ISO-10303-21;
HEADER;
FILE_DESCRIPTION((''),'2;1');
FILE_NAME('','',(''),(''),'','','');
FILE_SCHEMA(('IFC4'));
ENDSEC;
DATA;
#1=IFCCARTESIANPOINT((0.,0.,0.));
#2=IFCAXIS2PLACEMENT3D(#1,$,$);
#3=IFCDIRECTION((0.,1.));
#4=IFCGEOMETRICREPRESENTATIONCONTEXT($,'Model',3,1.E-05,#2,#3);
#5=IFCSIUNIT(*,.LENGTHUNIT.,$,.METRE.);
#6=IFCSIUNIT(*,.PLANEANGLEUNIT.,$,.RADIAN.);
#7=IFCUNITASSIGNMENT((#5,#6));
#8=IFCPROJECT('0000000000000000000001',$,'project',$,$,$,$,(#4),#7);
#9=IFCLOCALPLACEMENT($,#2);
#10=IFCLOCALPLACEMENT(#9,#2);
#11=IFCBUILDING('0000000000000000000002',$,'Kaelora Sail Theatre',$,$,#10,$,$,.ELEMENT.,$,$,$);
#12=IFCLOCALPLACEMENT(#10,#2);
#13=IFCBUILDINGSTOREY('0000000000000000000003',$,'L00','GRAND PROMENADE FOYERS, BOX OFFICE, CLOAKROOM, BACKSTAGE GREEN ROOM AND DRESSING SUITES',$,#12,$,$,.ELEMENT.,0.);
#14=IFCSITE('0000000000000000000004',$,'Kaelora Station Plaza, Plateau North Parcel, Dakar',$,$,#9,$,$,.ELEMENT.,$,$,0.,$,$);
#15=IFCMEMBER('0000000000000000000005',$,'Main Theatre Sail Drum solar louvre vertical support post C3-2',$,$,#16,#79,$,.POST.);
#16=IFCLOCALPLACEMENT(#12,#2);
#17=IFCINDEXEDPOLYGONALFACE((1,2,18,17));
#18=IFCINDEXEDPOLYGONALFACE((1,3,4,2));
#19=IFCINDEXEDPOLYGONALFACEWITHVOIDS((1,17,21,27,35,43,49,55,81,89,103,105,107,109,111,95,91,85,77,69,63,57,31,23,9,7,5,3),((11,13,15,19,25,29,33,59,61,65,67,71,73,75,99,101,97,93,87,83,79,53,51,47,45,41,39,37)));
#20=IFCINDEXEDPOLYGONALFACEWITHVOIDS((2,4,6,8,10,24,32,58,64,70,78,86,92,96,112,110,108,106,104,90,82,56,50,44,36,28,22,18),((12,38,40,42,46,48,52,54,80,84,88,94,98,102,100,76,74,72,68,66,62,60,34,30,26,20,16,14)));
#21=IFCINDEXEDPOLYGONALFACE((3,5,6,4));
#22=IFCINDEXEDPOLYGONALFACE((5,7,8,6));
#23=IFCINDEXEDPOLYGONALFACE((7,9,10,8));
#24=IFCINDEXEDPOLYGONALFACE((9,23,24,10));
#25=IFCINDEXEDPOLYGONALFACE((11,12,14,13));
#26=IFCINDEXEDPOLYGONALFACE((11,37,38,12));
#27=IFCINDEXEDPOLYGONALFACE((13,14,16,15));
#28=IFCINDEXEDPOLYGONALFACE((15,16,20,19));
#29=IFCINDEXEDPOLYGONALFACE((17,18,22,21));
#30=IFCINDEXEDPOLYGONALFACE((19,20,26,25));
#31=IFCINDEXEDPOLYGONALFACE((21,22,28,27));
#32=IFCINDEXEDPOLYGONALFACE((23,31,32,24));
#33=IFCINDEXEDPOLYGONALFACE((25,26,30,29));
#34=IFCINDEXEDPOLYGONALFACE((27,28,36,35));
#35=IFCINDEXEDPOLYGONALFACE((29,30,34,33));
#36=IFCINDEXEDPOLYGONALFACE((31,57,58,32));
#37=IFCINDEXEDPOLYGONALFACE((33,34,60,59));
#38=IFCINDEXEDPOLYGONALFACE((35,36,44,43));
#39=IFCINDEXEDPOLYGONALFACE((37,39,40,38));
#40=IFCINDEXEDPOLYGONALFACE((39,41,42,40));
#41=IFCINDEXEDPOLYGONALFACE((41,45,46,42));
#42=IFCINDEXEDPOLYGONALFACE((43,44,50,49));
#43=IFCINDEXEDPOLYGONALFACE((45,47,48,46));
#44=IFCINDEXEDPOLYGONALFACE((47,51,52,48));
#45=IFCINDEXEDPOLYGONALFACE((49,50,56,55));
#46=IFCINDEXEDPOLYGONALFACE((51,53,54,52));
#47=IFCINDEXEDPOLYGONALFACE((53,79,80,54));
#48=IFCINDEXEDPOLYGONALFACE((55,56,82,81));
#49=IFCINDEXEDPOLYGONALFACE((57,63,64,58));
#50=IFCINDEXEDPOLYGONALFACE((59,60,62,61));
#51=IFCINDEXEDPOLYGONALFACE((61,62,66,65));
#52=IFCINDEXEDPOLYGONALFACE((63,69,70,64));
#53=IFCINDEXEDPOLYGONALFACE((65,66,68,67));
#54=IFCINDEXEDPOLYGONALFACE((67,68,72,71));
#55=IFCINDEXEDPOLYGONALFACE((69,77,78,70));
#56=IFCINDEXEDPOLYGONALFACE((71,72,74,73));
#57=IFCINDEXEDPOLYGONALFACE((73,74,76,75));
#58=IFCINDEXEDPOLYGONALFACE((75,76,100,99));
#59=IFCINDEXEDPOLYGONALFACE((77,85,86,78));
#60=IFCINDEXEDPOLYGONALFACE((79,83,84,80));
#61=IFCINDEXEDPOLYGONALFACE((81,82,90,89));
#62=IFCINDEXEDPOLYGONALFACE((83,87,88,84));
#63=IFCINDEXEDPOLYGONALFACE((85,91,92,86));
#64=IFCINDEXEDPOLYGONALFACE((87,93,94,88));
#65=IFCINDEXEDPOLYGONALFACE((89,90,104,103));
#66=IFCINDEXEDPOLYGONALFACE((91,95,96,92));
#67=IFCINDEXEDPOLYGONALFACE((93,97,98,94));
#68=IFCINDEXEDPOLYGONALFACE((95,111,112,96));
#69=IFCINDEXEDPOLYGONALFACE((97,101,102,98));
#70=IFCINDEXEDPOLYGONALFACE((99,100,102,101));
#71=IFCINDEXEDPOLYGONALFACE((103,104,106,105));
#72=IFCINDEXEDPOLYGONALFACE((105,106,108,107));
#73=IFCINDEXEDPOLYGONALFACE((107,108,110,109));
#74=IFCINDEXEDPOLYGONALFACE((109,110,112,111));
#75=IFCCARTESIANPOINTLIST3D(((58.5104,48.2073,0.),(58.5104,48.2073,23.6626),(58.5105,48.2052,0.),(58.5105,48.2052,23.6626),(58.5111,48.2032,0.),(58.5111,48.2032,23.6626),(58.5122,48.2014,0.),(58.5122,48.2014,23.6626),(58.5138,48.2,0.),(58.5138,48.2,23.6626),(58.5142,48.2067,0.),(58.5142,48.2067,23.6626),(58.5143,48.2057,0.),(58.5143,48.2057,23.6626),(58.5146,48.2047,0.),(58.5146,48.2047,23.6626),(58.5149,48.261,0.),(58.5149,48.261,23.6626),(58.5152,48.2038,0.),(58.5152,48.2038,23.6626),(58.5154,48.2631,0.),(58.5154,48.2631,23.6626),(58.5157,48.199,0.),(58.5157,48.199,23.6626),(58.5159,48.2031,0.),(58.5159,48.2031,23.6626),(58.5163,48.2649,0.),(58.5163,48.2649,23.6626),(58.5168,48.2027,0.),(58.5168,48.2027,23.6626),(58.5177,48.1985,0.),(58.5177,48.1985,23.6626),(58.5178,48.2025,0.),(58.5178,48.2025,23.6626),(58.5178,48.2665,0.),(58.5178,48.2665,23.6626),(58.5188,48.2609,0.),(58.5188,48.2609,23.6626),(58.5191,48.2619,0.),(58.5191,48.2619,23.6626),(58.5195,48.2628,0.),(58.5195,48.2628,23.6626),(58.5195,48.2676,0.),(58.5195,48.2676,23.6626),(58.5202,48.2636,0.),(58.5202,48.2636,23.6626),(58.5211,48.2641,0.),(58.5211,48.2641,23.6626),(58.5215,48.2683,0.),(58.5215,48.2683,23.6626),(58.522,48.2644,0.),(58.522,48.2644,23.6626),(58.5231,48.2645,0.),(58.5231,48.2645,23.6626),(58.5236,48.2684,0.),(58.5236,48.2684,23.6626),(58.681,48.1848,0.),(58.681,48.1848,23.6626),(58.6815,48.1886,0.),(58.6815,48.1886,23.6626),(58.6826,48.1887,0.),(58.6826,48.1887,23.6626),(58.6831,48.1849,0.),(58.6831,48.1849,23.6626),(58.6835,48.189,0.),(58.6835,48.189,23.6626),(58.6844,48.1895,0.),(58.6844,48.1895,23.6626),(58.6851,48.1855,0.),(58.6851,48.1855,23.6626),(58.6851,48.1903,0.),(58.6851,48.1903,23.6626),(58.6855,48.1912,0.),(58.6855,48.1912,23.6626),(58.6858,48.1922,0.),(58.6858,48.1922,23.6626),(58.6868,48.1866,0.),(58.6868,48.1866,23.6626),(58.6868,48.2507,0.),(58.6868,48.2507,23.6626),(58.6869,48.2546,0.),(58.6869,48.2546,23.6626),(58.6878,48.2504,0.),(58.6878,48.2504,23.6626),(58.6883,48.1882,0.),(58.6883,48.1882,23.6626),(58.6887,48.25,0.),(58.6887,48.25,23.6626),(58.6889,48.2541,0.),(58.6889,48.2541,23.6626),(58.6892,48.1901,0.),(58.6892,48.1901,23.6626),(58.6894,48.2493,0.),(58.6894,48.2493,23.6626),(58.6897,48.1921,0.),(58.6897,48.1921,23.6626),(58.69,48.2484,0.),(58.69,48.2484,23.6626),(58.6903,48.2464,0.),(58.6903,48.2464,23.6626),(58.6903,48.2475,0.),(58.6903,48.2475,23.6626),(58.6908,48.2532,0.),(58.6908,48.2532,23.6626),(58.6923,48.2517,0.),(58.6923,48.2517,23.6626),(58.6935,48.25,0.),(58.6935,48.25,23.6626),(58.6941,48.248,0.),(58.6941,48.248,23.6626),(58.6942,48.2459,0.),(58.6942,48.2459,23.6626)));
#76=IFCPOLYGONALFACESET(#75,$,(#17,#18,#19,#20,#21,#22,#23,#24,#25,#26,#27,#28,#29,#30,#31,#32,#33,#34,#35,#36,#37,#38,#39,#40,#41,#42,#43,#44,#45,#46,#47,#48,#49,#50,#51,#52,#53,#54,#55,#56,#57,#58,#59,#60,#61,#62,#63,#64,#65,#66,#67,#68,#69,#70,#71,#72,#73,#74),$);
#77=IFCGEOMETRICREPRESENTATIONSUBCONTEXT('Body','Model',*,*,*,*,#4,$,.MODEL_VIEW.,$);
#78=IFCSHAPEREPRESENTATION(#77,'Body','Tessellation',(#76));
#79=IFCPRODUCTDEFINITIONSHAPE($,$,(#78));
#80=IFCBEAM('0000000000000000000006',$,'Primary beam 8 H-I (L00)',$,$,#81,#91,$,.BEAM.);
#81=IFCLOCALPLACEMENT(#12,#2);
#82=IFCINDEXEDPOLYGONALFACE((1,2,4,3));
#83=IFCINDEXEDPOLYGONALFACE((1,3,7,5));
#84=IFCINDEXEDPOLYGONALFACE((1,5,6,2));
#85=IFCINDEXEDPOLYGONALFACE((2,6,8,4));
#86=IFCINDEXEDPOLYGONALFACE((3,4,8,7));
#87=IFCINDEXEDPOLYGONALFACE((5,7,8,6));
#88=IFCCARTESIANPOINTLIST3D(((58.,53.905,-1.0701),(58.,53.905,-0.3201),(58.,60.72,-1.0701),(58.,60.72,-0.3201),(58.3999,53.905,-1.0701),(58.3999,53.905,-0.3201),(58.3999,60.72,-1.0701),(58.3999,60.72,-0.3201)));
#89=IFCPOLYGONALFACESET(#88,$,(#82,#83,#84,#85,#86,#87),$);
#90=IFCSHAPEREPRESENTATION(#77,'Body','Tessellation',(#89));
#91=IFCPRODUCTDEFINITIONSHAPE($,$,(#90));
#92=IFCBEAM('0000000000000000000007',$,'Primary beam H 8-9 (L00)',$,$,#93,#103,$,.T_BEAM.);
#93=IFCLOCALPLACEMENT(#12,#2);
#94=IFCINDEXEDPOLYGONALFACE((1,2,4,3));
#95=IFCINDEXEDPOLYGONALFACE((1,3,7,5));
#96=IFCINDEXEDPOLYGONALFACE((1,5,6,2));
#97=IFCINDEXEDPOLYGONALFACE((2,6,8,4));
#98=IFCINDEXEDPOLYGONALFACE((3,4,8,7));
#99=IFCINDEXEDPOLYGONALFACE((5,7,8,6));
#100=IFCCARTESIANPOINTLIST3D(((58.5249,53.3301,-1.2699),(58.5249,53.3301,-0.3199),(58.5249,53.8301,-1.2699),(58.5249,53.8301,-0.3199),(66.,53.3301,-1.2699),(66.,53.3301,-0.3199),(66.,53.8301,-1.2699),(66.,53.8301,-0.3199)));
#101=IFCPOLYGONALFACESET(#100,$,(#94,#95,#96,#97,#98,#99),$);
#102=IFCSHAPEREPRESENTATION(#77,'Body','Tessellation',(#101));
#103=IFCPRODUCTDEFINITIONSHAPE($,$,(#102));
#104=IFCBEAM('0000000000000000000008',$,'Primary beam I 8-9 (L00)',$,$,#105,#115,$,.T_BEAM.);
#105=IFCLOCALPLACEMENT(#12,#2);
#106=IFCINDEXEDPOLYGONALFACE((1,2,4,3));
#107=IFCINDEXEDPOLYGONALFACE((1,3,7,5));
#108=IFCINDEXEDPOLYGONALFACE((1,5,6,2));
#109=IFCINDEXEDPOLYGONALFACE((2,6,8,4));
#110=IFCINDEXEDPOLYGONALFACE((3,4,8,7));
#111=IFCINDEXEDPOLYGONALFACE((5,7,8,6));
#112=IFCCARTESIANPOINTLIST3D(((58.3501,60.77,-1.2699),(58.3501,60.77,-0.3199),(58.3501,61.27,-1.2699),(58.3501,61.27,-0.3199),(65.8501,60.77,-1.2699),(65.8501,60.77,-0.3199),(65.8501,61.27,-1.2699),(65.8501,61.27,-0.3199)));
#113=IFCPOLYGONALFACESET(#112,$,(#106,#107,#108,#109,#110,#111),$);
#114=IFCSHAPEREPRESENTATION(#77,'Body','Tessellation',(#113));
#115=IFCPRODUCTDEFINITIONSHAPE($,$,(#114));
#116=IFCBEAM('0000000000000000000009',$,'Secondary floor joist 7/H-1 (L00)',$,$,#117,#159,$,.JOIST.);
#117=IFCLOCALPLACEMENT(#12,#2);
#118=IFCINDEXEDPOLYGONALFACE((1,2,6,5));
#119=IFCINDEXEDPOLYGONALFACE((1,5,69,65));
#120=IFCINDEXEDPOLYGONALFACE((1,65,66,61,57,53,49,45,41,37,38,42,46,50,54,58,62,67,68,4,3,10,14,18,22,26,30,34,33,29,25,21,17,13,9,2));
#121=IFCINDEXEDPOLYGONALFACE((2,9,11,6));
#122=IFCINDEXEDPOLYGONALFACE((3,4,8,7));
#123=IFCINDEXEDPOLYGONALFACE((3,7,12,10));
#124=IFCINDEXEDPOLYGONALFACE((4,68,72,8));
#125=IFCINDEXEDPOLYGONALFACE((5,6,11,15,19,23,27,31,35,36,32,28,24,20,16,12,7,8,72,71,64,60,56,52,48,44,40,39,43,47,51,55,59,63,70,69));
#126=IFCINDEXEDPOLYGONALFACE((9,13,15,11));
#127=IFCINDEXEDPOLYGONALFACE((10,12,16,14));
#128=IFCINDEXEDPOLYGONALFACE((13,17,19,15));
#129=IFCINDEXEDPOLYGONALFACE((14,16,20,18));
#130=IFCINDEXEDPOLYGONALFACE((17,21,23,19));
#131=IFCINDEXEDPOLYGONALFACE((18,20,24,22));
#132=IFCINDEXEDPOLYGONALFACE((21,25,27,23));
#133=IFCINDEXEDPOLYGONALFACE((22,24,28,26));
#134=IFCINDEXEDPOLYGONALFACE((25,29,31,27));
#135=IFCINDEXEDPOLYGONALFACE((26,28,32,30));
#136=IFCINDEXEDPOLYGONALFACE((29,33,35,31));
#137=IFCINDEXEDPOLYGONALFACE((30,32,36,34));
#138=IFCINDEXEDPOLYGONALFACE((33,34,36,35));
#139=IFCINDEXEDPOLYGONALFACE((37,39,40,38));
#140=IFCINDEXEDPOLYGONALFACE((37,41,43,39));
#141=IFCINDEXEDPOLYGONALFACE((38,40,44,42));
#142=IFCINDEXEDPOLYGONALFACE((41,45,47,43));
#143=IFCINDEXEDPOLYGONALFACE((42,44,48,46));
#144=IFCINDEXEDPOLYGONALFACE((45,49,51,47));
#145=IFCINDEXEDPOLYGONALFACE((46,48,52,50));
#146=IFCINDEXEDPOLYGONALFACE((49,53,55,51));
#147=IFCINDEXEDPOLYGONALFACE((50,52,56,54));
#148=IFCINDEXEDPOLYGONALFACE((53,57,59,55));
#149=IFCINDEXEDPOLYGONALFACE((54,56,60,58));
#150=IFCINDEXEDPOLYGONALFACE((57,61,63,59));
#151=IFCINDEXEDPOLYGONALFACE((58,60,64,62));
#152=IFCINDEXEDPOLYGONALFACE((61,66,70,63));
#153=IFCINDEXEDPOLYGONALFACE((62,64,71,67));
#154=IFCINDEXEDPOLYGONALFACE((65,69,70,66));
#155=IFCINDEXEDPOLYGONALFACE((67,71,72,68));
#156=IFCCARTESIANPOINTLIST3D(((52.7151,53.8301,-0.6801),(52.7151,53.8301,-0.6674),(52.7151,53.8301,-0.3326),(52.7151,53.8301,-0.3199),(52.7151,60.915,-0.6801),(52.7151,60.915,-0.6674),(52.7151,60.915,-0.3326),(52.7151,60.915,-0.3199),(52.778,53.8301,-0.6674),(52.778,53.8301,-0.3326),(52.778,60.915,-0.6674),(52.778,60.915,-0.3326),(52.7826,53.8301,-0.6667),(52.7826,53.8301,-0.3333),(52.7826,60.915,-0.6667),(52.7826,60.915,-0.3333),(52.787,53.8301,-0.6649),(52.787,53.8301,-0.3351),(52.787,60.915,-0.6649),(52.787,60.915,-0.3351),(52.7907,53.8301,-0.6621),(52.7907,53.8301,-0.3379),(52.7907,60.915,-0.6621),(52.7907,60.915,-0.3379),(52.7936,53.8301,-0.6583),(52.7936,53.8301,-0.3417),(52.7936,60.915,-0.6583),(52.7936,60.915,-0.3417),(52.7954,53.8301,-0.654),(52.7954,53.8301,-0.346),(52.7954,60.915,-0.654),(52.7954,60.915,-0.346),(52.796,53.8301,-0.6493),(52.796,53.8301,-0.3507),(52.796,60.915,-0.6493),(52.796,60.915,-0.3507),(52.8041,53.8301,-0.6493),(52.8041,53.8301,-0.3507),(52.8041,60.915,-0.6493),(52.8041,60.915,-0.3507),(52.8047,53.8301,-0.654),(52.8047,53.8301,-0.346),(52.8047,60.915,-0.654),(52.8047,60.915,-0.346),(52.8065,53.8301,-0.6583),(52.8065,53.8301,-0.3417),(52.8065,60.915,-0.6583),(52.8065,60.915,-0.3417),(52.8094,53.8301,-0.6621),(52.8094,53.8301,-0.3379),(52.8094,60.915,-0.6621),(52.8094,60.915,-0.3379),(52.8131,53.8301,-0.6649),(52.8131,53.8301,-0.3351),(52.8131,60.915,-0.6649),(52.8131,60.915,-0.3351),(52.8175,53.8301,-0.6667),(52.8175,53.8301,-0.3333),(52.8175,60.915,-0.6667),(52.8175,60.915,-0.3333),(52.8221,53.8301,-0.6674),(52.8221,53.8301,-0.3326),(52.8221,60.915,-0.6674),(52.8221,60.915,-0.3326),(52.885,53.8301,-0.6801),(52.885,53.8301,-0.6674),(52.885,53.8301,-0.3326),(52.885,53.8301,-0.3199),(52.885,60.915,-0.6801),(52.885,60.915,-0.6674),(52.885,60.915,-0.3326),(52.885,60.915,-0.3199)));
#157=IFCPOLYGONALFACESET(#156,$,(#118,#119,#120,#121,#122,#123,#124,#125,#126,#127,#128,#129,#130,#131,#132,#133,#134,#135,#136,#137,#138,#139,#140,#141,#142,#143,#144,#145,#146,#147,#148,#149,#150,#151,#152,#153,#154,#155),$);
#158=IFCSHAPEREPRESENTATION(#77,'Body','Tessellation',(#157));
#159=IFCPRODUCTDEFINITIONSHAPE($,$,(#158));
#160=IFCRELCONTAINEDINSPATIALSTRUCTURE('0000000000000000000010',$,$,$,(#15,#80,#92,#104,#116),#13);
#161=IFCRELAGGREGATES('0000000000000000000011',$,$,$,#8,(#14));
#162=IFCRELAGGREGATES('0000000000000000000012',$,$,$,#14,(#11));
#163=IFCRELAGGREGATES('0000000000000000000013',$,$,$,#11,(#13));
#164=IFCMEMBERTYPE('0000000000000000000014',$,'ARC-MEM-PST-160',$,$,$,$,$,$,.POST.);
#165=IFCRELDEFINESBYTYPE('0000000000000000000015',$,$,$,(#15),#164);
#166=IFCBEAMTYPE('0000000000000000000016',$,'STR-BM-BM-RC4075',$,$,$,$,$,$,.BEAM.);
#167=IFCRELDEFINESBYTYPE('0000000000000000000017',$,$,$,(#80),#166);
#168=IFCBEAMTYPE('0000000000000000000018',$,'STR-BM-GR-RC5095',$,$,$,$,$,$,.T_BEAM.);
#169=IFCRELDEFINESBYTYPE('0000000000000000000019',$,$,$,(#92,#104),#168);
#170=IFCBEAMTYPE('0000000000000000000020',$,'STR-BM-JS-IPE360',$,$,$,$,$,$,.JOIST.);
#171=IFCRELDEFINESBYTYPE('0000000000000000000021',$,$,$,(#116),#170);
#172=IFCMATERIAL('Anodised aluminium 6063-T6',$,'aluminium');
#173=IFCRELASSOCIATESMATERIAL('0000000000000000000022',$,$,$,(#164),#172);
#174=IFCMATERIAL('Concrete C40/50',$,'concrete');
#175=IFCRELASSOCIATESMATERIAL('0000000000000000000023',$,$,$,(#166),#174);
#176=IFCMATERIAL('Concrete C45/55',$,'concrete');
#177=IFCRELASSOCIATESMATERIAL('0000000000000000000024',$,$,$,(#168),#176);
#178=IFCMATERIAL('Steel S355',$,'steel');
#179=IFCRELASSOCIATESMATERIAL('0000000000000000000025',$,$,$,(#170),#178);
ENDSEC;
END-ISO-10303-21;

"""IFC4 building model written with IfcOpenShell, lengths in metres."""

from ifc_helpers import new_model, si_unit, direction, frame, origin, origin_2d, place, context, subcontext, project, spatial, rectangle, hollow_rectangle, i_section, extrude, material, material_profile, profile_set, type_object, element, save


model = new_model("IFC4")

# Units and contexts
model_context = context("Model", 3, precision=1e-05, world=origin(), true_north=direction((0.0, 1.0)))
body_context = subcontext(model_context, "Body", "Model", "MODEL_VIEW")
ifc_project = project(units=[si_unit("LENGTHUNIT", "METRE"), si_unit("PLANEANGLEUNIT", "RADIAN")], contexts=[model_context])

# Site, building, storey
site_placement = place(None, origin())
site = spatial("IfcSite", under=ifc_project, at=site_placement, Name="Kaelora Station Plaza, Plateau North Parcel, Dakar", CompositionType="ELEMENT", RefElevation=0.0)
building_placement = place(site_placement, origin())
building = spatial("IfcBuilding", under=site, at=building_placement, Name="Kaelora Sail Theatre", CompositionType="ELEMENT")
storey_placement = place(building_placement, origin())
storey = spatial("IfcBuildingStorey", under=building, at=storey_placement, Name="L00", Description="GRAND PROMENADE FOYERS, BOX OFFICE, CLOAKROOM, BACKSTAGE GREEN ROOM AND DRESSING SUITES", CompositionType="ELEMENT", Elevation=0.0)

# Member
ifc_material_1 = material(Name="Anodised aluminium 6063-T6", Category="aluminium")
ifc_material_profile_1 = material_profile(ifc_material_1, hollow_rectangle(XDim=0.0701, YDim=0.1799, WallThickness=0.0039, InnerFilletRadius=0.0039, OuterFilletRadius=0.0081, at=origin_2d()), Name="ALU-MULL 70x180x4")
ifc_profile_set_1 = profile_set([ifc_material_profile_1], Name="Anodised aluminium 6063-T6")
member_type_1 = type_object("IfcMemberType", Name="ARC-MEM-PST-160", PredefinedType="POST", material=ifc_profile_set_1)
for number, where, z_axis, x_axis, name in (
    (1, (58.6023, 48.2266, 0.0), (0.0, 0.0, 1.0), (-0.0842, -0.996449, 0.0), "Main Theatre Sail Drum solar louvre vertical support post C3-2"),
):
    element("IfcMember", number, at=place(storey_placement, frame(where, z_axis=z_axis, x_axis=x_axis)), inside=storey, type_object=member_type_1, Name=name, PredefinedType="POST", context=body_context, shape_type="SweptSolid", body=[
        extrude(hollow_rectangle(XDim=0.0701, YDim=0.1799, WallThickness=0.0039, InnerFilletRadius=0.0039, OuterFilletRadius=0.0081, at=origin_2d()), origin(), (0.0, 0.0, 1.0), 23.6626),
    ])

# Beams
ifc_material_2 = material(Name="Concrete C40/50", Category="concrete")
ifc_material_profile_2 = material_profile(ifc_material_2, rectangle(XDim=0.3999, YDim=0.75, at=origin_2d()), Name="RC-BM 400x750")
ifc_profile_set_2 = profile_set([ifc_material_profile_2], Name="Concrete C40/50")
beam_type_1 = type_object("IfcBeamType", Name="STR-BM-BM-RC4075", PredefinedType="BEAM", material=ifc_profile_set_2)
beam_1_placement = place(storey_placement, frame((58.2, 53.905, -0.6951), z_axis=(0.0, 1.0, 0.0), x_axis=(-1.0, 0.0, 0.0)))
element("IfcBeam", 2, at=beam_1_placement, inside=storey, type_object=beam_type_1, Name="Primary beam 8 H-I (L00)", PredefinedType="BEAM", context=body_context, shape_type="SweptSolid", body=[
    extrude(rectangle(XDim=0.3999, YDim=0.75, at=origin_2d()), origin(), (0.0, 0.0, 1.0), 6.8149),
])
ifc_material_3 = material(Name="Concrete C45/55", Category="concrete")
ifc_material_profile_3 = material_profile(ifc_material_3, rectangle(XDim=0.5, YDim=0.95, at=origin_2d()), Name="RC-GRD 500x950")
ifc_profile_set_3 = profile_set([ifc_material_profile_3], Name="Concrete C45/55")
beam_type_2 = type_object("IfcBeamType", Name="STR-BM-GR-RC5095", PredefinedType="T_BEAM", material=ifc_profile_set_3)
beam_2_placement = place(storey_placement, frame((58.5249, 53.5801, -0.7949), z_axis=(1.0, 0.0, 0.0), x_axis=(0.0, 1.0, 0.0)))
element("IfcBeam", 3, at=beam_2_placement, inside=storey, type_object=beam_type_2, Name="Primary beam H 8-9 (L00)", PredefinedType="T_BEAM", context=body_context, shape_type="SweptSolid", body=[
    extrude(rectangle(XDim=0.5, YDim=0.95, at=origin_2d()), origin(), (0.0, 0.0, 1.0), 7.4751),
])
beam_3_placement = place(storey_placement, frame((58.3501, 61.02, -0.7949), z_axis=(1.0, 0.0, 0.0), x_axis=(0.0, 1.0, 0.0)))
element("IfcBeam", 4, at=beam_3_placement, inside=storey, type_object=beam_type_2, Name="Primary beam I 8-9 (L00)", PredefinedType="T_BEAM", context=body_context, shape_type="SweptSolid", body=[
    extrude(rectangle(XDim=0.5, YDim=0.95, at=origin_2d()), origin(), (0.0, 0.0, 1.0), 7.5),
])
ifc_material_4 = material(Name="Steel S355", Category="steel")
ifc_material_profile_4 = material_profile(ifc_material_4, i_section(OverallWidth=0.1699, OverallDepth=0.3601, WebThickness=0.0081, FlangeThickness=0.0127, FilletRadius=0.0181, at=origin_2d()), Name="IPE 360")
ifc_profile_set_4 = profile_set([ifc_material_profile_4], Name="Steel S355")
beam_type_3 = type_object("IfcBeamType", Name="STR-BM-JS-IPE360", PredefinedType="JOIST", material=ifc_profile_set_4)
beam_4_placement = place(storey_placement, frame((52.8, 53.8301, -0.5), z_axis=(0.0, 1.0, 0.0), x_axis=(-1.0, 0.0, 0.0)))
element("IfcBeam", 5, at=beam_4_placement, inside=storey, type_object=beam_type_3, Name="Secondary floor joist 7/H-1 (L00)", PredefinedType="JOIST", context=body_context, shape_type="SweptSolid", body=[
    extrude(i_section(OverallWidth=0.1699, OverallDepth=0.3601, WebThickness=0.0081, FlangeThickness=0.0127, FilletRadius=0.0181, at=origin_2d()), origin(), (0.0, 0.0, 1.0), 7.085),
])

save(model, "model.ifc")
